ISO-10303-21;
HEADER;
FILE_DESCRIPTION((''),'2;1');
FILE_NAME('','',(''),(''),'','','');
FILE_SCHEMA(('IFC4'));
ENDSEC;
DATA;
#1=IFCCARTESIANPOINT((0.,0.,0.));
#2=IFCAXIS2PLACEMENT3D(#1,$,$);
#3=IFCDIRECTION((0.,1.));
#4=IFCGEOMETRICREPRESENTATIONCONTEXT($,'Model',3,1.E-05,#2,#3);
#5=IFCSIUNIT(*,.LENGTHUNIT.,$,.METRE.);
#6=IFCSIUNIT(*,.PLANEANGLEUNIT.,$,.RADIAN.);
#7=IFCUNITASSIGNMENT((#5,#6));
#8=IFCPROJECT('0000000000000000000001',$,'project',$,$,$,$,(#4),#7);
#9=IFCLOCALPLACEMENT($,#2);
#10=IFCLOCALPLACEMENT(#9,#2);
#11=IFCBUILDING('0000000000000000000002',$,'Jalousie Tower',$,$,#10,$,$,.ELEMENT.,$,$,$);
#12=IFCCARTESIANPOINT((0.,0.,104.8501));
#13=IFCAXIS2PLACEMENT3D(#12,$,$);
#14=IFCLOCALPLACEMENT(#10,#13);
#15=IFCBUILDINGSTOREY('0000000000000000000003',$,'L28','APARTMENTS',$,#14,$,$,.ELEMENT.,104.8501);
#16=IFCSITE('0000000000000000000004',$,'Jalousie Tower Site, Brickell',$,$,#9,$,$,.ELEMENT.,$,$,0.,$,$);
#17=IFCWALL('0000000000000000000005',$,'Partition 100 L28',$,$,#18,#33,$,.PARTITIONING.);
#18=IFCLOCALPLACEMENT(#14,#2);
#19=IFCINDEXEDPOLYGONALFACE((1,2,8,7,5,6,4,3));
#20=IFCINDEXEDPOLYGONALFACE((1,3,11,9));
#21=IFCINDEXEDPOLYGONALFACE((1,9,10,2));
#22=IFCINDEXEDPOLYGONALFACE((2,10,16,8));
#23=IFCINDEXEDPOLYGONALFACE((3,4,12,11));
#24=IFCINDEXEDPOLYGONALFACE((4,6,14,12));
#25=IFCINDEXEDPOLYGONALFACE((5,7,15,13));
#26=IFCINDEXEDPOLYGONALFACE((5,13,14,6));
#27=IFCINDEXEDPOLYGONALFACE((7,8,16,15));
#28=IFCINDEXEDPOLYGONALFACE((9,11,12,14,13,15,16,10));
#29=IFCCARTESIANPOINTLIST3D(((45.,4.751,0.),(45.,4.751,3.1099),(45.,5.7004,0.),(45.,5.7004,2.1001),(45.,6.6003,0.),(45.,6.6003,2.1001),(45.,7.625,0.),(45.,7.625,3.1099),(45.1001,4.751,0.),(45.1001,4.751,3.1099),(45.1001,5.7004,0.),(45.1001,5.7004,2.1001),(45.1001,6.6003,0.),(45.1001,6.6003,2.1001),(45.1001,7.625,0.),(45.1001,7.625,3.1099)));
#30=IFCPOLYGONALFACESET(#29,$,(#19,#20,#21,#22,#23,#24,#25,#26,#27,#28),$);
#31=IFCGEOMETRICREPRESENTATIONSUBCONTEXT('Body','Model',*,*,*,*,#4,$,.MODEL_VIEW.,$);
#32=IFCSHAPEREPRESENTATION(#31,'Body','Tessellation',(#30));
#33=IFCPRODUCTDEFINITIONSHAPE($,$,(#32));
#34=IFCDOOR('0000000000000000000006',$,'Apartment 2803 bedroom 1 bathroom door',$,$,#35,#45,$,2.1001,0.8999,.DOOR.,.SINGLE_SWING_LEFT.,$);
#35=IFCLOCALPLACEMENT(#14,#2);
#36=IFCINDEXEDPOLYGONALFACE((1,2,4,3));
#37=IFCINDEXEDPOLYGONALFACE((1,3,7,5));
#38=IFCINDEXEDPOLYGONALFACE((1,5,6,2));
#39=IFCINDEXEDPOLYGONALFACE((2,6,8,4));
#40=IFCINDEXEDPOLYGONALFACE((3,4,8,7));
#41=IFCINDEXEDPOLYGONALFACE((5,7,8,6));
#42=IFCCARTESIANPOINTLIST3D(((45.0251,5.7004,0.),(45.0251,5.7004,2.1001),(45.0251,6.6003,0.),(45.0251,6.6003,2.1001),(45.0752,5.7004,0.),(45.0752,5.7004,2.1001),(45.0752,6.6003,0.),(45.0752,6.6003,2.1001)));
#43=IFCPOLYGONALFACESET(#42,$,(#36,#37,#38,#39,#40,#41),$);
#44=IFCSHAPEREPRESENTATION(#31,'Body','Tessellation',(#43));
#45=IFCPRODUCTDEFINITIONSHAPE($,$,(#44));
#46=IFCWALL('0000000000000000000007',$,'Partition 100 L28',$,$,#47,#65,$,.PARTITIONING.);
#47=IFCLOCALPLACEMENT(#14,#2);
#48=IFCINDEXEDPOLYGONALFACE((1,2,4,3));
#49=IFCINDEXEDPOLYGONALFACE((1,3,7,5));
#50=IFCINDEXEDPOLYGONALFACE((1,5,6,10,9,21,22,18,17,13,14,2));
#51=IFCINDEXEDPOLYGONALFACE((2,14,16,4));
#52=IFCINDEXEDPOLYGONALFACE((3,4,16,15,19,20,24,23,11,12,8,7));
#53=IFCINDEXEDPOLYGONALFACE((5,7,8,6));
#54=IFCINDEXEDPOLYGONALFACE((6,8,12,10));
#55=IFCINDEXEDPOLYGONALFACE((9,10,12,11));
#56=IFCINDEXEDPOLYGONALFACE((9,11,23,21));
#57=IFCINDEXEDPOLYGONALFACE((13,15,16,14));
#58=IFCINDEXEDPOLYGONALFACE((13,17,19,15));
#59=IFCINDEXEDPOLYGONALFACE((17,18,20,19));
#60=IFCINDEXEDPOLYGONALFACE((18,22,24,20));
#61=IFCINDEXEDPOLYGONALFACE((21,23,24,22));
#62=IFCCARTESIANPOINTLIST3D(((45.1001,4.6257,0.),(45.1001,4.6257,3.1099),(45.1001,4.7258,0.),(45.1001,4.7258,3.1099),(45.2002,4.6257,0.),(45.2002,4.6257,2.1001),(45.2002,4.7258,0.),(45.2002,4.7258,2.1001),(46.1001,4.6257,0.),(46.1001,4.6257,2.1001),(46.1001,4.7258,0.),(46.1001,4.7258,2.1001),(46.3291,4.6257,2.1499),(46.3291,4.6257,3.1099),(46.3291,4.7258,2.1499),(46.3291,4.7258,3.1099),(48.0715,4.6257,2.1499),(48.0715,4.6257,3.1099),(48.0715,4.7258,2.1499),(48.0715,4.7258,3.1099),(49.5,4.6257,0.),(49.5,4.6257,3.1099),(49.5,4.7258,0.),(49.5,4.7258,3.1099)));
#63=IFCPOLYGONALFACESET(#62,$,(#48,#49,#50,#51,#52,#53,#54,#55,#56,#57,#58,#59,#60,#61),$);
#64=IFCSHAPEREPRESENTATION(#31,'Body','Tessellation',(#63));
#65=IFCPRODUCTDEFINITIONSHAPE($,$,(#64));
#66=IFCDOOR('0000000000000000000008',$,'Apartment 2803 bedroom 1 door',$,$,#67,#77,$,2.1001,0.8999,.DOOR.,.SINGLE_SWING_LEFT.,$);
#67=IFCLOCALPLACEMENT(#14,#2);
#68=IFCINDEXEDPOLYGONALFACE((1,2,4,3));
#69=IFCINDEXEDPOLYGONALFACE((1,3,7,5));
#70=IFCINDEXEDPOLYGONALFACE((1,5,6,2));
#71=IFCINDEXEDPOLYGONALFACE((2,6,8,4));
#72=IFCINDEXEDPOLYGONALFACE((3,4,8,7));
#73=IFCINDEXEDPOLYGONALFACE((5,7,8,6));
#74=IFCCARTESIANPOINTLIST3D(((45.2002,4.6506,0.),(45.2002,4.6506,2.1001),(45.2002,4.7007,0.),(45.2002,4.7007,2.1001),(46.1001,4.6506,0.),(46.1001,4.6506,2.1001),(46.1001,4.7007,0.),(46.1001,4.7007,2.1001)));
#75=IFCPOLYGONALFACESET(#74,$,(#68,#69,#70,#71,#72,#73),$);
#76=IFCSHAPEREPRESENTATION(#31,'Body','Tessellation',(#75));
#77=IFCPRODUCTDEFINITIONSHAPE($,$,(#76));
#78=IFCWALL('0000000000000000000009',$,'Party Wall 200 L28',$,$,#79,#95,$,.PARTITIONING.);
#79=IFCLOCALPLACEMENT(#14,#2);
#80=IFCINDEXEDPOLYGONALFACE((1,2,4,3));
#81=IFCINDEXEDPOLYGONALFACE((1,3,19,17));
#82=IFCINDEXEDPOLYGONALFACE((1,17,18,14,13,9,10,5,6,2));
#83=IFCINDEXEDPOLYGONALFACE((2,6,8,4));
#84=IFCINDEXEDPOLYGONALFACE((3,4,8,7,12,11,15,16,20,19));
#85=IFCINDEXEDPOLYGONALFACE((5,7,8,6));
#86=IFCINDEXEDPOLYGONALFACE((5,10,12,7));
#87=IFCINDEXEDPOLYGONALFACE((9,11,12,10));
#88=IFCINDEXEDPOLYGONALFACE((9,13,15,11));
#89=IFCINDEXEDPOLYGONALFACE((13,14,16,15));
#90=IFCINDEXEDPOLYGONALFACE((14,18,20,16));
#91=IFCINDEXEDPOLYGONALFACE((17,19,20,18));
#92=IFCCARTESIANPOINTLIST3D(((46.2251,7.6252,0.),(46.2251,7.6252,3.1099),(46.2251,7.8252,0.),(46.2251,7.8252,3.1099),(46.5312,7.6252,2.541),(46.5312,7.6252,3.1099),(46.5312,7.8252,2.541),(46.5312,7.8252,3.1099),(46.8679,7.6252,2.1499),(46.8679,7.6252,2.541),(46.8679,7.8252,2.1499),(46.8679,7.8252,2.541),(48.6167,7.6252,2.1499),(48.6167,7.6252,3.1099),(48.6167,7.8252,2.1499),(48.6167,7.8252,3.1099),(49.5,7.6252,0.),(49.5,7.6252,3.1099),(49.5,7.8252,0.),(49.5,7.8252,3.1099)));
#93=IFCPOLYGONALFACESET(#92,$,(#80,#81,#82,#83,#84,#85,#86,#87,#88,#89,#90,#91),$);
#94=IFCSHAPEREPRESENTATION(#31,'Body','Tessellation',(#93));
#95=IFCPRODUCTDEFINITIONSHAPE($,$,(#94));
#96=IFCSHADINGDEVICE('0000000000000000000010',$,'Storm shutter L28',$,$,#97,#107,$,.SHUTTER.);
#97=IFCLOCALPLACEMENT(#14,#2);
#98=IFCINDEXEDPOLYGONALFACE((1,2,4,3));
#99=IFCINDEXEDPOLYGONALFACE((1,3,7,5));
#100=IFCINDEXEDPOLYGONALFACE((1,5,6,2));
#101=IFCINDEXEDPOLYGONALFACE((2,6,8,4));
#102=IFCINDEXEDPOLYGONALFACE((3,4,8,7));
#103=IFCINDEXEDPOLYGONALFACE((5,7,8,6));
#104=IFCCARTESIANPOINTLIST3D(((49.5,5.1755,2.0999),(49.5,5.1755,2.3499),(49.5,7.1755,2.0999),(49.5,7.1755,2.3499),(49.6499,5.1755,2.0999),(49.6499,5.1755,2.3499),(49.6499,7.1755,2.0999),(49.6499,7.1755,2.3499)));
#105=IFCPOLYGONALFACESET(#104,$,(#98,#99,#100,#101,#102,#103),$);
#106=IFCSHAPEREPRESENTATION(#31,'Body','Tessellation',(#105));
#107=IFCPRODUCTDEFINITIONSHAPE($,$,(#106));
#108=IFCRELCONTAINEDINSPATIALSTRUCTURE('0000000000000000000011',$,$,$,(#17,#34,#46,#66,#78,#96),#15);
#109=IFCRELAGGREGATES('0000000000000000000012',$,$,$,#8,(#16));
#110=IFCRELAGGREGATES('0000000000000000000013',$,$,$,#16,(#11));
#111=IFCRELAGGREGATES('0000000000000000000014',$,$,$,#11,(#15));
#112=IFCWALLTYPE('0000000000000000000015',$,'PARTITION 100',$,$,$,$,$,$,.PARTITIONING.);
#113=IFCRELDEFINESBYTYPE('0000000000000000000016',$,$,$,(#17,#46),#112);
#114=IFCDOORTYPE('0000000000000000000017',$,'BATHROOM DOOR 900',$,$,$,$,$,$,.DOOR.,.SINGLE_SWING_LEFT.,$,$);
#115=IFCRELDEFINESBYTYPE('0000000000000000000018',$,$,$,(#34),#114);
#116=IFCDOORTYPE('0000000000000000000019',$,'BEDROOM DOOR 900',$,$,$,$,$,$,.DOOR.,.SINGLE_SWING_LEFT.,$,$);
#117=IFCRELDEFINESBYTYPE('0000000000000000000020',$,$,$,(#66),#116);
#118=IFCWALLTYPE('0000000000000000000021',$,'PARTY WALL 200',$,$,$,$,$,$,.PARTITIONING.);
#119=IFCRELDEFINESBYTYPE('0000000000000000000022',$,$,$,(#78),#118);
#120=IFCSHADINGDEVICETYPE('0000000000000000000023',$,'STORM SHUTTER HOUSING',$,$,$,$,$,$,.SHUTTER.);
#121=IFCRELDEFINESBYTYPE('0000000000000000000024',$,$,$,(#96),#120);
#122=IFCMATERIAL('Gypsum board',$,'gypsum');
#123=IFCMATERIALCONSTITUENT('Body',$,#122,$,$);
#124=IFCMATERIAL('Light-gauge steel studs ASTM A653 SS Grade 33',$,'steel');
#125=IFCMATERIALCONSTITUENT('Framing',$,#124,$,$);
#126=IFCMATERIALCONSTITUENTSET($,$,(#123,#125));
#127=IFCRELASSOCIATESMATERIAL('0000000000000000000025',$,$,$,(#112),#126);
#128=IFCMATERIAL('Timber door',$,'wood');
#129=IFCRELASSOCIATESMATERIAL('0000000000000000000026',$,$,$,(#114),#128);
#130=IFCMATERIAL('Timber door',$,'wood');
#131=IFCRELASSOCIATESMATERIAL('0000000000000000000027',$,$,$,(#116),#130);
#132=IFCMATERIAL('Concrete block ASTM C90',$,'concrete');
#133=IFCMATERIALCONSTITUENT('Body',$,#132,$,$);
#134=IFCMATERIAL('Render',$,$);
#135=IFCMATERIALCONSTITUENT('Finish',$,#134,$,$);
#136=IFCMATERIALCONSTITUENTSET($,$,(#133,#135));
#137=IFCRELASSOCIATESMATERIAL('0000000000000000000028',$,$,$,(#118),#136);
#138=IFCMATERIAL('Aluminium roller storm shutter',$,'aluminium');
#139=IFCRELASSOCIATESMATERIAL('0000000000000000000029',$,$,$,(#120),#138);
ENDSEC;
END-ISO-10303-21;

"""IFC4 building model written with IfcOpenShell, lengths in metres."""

from ifc_helpers import new_model, si_unit, direction, frame, frame_2d, origin, origin_2d, place, context, subcontext, project, spatial, polyline, rectangle, outline, extrude, material, constituent, constituent_set, type_object, element, fill, save


model = new_model("IFC4")

# Units and contexts
model_context = context("Model", 3, precision=1e-05, world=origin(), true_north=direction((0.0, 1.0)))
body_context = subcontext(model_context, "Body", "Model", "MODEL_VIEW")
ifc_project = project(units=[si_unit("LENGTHUNIT", "METRE"), si_unit("PLANEANGLEUNIT", "RADIAN")], contexts=[model_context])

# Site, building, storey
site_placement = place(None, origin())
site = spatial("IfcSite", under=ifc_project, at=site_placement, Name="Jalousie Tower Site, Brickell", CompositionType="ELEMENT", RefElevation=0.0)
building_placement = place(site_placement, origin())
building = spatial("IfcBuilding", under=site, at=building_placement, Name="Jalousie Tower", CompositionType="ELEMENT")
storey_placement = place(building_placement, frame((0.0, 0.0, 104.8501)))
storey = spatial("IfcBuildingStorey", under=building, at=storey_placement, Name="L28", Description="APARTMENTS", CompositionType="ELEMENT", Elevation=104.8501)

# Walls, openings, doors
ifc_material_1 = material(Name="Gypsum board", Category="gypsum")
ifc_constituent_1 = constituent(ifc_material_1, Name="Body")
ifc_material_2 = material(Name="Light-gauge steel studs ASTM A653 SS Grade 33", Category="steel")
ifc_constituent_2 = constituent(ifc_material_2, Name="Framing")
ifc_constituent_set_1 = constituent_set(constituents=[ifc_constituent_1, ifc_constituent_2])
wall_type_1 = type_object("IfcWallType", Name="PARTITION 100", PredefinedType="PARTITIONING", material=ifc_constituent_set_1)
wall_1_placement = place(storey_placement, frame((45.05, 4.751, 0.0), z_axis=(0.0, 0.0, 1.0), x_axis=(0.0, 1.0, 0.0)))
wall_1 = element("IfcWall", 1, at=wall_1_placement, inside=storey, type_object=wall_type_1, Name="Partition 100 L28", PredefinedType="PARTITIONING", context=body_context, shape_type="SweptSolid", body=[
    extrude(rectangle(XDim=2.874, YDim=0.1001, at=frame_2d((1.437, 0.0))), origin(), (0.0, 0.0, 1.0), 3.1099),
])
opening_1_placement = place(wall_1_placement, frame((0.9495, 0.0, 0.0)))
opening_1 = element("IfcOpeningElement", 2, at=opening_1_placement, cuts=wall_1, PredefinedType="OPENING", context=body_context, shape_type="SweptSolid", body=[
    extrude(rectangle(XDim=0.8999, YDim=2.1001, at=frame_2d((0.45, 1.05))), frame((0.0, 0.0601, 0.0), z_axis=(0.0, -1.0, 0.0), x_axis=(1.0, 0.0, 0.0)), (0.0, 0.0, 1.0), 0.1201),
])
ifc_material_3 = material(Name="Timber door", Category="wood")
door_type_1 = type_object("IfcDoorType", Name="BATHROOM DOOR 900", OperationType="SINGLE_SWING_LEFT", PredefinedType="DOOR", material=ifc_material_3)
door_1_placement = place(opening_1_placement, origin())
door_1 = element("IfcDoor", 3, at=door_1_placement, inside=storey, type_object=door_type_1, Name="Apartment 2803 bedroom 1 bathroom door", OperationType="SINGLE_SWING_LEFT", OverallHeight=2.1001, OverallWidth=0.8999, PredefinedType="DOOR", context=body_context, shape_type="SweptSolid", body=[
    extrude(rectangle(XDim=0.8999, YDim=2.1001, at=frame_2d((0.45, 1.05))), frame((0.0, 0.0249, 0.0), z_axis=(0.0, -1.0, 0.0), x_axis=(1.0, 0.0, 0.0)), (0.0, 0.0, 1.0), 0.05),
])
fill(opening_1, door_1)
wall_2_placement = place(storey_placement, frame((45.1001, 4.6758, 0.0), z_axis=(0.0, 0.0, 1.0), x_axis=(1.0, 0.0, 0.0)))
wall_2 = element("IfcWall", 4, at=wall_2_placement, inside=storey, type_object=wall_type_1, Name="Partition 100 L28", PredefinedType="PARTITIONING", context=body_context, shape_type="SweptSolid", body=[
    extrude(outline(polyline([(0.0, 0.0), (4.3999, 0.0), (4.3999, 3.1099), (2.9714, 3.1099), (2.9714, 2.1499), (1.229, 2.1499), (1.229, 3.1099), (0.0, 3.1099), (0.0, 0.0)])), frame((0.0, 0.05, 0.0), z_axis=(0.0, -1.0, 0.0), x_axis=(1.0, 0.0, 0.0)), (0.0, 0.0, 1.0), 0.1001),
])
opening_2_placement = place(wall_2_placement, frame((0.1001, 0.0, 0.0)))
opening_2 = element("IfcOpeningElement", 5, at=opening_2_placement, cuts=wall_2, PredefinedType="OPENING", context=body_context, shape_type="SweptSolid", body=[
    extrude(rectangle(XDim=0.8999, YDim=2.1001, at=frame_2d((0.45, 1.05))), frame((0.0, 0.0601, 0.0), z_axis=(0.0, -1.0, 0.0), x_axis=(1.0, 0.0, 0.0)), (0.0, 0.0, 1.0), 0.1201),
])
ifc_material_4 = material(Name="Timber door", Category="wood")
door_type_2 = type_object("IfcDoorType", Name="BEDROOM DOOR 900", OperationType="SINGLE_SWING_LEFT", PredefinedType="DOOR", material=ifc_material_4)
door_2_placement = place(opening_2_placement, origin())
door_2 = element("IfcDoor", 6, at=door_2_placement, inside=storey, type_object=door_type_2, Name="Apartment 2803 bedroom 1 door", OperationType="SINGLE_SWING_LEFT", OverallHeight=2.1001, OverallWidth=0.8999, PredefinedType="DOOR", context=body_context, shape_type="SweptSolid", body=[
    extrude(rectangle(XDim=0.8999, YDim=2.1001, at=frame_2d((0.45, 1.05))), frame((0.0, 0.0249, 0.0), z_axis=(0.0, -1.0, 0.0), x_axis=(1.0, 0.0, 0.0)), (0.0, 0.0, 1.0), 0.05),
])
fill(opening_2, door_2)

# Wall
ifc_material_5 = material(Name="Concrete block ASTM C90", Category="concrete")
ifc_constituent_3 = constituent(ifc_material_5, Name="Body")
ifc_material_6 = material(Name="Render")
ifc_constituent_4 = constituent(ifc_material_6, Name="Finish")
ifc_constituent_set_2 = constituent_set(constituents=[ifc_constituent_3, ifc_constituent_4])
wall_type_2 = type_object("IfcWallType", Name="PARTY WALL 200", PredefinedType="PARTITIONING", material=ifc_constituent_set_2)
wall_3_placement = place(storey_placement, frame((46.2251, 7.7251, 0.0), z_axis=(0.0, 0.0, 1.0), x_axis=(1.0, 0.0, 0.0)))
element("IfcWall", 7, at=wall_3_placement, inside=storey, type_object=wall_type_2, Name="Party Wall 200 L28", PredefinedType="PARTITIONING", context=body_context, shape_type="SweptSolid", body=[
    extrude(outline(polyline([(0.0, 0.0), (3.2749, 0.0), (3.2749, 3.1099), (2.3916, 3.1099), (2.3916, 2.1499), (0.6428, 2.1499), (0.6428, 2.541), (0.3062, 2.541), (0.3062, 3.1099), (0.0, 3.1099), (0.0, 0.0)])), frame((0.0, 0.1001, 0.0), z_axis=(0.0, -1.0, 0.0), x_axis=(1.0, 0.0, 0.0)), (0.0, 0.0, 1.0), 0.2),
])

# Shading device
ifc_material_7 = material(Name="Aluminium roller storm shutter", Category="aluminium")
shading_device_type = type_object("IfcShadingDeviceType", Name="STORM SHUTTER HOUSING", PredefinedType="SHUTTER", material=ifc_material_7)
shading_device_placement = place(storey_placement, frame((49.575, 6.1755, 2.0999), z_axis=(0.0, 0.0, 1.0), x_axis=(0.0, 1.0, 0.0)))
element("IfcShadingDevice", 8, at=shading_device_placement, inside=storey, type_object=shading_device_type, Name="Storm shutter L28", PredefinedType="SHUTTER", context=body_context, shape_type="SweptSolid", body=[
    extrude(rectangle(XDim=2.0, YDim=0.1499, at=origin_2d()), origin(), (0.0, 0.0, 1.0), 0.25),
])

save(model, "model.ifc")
